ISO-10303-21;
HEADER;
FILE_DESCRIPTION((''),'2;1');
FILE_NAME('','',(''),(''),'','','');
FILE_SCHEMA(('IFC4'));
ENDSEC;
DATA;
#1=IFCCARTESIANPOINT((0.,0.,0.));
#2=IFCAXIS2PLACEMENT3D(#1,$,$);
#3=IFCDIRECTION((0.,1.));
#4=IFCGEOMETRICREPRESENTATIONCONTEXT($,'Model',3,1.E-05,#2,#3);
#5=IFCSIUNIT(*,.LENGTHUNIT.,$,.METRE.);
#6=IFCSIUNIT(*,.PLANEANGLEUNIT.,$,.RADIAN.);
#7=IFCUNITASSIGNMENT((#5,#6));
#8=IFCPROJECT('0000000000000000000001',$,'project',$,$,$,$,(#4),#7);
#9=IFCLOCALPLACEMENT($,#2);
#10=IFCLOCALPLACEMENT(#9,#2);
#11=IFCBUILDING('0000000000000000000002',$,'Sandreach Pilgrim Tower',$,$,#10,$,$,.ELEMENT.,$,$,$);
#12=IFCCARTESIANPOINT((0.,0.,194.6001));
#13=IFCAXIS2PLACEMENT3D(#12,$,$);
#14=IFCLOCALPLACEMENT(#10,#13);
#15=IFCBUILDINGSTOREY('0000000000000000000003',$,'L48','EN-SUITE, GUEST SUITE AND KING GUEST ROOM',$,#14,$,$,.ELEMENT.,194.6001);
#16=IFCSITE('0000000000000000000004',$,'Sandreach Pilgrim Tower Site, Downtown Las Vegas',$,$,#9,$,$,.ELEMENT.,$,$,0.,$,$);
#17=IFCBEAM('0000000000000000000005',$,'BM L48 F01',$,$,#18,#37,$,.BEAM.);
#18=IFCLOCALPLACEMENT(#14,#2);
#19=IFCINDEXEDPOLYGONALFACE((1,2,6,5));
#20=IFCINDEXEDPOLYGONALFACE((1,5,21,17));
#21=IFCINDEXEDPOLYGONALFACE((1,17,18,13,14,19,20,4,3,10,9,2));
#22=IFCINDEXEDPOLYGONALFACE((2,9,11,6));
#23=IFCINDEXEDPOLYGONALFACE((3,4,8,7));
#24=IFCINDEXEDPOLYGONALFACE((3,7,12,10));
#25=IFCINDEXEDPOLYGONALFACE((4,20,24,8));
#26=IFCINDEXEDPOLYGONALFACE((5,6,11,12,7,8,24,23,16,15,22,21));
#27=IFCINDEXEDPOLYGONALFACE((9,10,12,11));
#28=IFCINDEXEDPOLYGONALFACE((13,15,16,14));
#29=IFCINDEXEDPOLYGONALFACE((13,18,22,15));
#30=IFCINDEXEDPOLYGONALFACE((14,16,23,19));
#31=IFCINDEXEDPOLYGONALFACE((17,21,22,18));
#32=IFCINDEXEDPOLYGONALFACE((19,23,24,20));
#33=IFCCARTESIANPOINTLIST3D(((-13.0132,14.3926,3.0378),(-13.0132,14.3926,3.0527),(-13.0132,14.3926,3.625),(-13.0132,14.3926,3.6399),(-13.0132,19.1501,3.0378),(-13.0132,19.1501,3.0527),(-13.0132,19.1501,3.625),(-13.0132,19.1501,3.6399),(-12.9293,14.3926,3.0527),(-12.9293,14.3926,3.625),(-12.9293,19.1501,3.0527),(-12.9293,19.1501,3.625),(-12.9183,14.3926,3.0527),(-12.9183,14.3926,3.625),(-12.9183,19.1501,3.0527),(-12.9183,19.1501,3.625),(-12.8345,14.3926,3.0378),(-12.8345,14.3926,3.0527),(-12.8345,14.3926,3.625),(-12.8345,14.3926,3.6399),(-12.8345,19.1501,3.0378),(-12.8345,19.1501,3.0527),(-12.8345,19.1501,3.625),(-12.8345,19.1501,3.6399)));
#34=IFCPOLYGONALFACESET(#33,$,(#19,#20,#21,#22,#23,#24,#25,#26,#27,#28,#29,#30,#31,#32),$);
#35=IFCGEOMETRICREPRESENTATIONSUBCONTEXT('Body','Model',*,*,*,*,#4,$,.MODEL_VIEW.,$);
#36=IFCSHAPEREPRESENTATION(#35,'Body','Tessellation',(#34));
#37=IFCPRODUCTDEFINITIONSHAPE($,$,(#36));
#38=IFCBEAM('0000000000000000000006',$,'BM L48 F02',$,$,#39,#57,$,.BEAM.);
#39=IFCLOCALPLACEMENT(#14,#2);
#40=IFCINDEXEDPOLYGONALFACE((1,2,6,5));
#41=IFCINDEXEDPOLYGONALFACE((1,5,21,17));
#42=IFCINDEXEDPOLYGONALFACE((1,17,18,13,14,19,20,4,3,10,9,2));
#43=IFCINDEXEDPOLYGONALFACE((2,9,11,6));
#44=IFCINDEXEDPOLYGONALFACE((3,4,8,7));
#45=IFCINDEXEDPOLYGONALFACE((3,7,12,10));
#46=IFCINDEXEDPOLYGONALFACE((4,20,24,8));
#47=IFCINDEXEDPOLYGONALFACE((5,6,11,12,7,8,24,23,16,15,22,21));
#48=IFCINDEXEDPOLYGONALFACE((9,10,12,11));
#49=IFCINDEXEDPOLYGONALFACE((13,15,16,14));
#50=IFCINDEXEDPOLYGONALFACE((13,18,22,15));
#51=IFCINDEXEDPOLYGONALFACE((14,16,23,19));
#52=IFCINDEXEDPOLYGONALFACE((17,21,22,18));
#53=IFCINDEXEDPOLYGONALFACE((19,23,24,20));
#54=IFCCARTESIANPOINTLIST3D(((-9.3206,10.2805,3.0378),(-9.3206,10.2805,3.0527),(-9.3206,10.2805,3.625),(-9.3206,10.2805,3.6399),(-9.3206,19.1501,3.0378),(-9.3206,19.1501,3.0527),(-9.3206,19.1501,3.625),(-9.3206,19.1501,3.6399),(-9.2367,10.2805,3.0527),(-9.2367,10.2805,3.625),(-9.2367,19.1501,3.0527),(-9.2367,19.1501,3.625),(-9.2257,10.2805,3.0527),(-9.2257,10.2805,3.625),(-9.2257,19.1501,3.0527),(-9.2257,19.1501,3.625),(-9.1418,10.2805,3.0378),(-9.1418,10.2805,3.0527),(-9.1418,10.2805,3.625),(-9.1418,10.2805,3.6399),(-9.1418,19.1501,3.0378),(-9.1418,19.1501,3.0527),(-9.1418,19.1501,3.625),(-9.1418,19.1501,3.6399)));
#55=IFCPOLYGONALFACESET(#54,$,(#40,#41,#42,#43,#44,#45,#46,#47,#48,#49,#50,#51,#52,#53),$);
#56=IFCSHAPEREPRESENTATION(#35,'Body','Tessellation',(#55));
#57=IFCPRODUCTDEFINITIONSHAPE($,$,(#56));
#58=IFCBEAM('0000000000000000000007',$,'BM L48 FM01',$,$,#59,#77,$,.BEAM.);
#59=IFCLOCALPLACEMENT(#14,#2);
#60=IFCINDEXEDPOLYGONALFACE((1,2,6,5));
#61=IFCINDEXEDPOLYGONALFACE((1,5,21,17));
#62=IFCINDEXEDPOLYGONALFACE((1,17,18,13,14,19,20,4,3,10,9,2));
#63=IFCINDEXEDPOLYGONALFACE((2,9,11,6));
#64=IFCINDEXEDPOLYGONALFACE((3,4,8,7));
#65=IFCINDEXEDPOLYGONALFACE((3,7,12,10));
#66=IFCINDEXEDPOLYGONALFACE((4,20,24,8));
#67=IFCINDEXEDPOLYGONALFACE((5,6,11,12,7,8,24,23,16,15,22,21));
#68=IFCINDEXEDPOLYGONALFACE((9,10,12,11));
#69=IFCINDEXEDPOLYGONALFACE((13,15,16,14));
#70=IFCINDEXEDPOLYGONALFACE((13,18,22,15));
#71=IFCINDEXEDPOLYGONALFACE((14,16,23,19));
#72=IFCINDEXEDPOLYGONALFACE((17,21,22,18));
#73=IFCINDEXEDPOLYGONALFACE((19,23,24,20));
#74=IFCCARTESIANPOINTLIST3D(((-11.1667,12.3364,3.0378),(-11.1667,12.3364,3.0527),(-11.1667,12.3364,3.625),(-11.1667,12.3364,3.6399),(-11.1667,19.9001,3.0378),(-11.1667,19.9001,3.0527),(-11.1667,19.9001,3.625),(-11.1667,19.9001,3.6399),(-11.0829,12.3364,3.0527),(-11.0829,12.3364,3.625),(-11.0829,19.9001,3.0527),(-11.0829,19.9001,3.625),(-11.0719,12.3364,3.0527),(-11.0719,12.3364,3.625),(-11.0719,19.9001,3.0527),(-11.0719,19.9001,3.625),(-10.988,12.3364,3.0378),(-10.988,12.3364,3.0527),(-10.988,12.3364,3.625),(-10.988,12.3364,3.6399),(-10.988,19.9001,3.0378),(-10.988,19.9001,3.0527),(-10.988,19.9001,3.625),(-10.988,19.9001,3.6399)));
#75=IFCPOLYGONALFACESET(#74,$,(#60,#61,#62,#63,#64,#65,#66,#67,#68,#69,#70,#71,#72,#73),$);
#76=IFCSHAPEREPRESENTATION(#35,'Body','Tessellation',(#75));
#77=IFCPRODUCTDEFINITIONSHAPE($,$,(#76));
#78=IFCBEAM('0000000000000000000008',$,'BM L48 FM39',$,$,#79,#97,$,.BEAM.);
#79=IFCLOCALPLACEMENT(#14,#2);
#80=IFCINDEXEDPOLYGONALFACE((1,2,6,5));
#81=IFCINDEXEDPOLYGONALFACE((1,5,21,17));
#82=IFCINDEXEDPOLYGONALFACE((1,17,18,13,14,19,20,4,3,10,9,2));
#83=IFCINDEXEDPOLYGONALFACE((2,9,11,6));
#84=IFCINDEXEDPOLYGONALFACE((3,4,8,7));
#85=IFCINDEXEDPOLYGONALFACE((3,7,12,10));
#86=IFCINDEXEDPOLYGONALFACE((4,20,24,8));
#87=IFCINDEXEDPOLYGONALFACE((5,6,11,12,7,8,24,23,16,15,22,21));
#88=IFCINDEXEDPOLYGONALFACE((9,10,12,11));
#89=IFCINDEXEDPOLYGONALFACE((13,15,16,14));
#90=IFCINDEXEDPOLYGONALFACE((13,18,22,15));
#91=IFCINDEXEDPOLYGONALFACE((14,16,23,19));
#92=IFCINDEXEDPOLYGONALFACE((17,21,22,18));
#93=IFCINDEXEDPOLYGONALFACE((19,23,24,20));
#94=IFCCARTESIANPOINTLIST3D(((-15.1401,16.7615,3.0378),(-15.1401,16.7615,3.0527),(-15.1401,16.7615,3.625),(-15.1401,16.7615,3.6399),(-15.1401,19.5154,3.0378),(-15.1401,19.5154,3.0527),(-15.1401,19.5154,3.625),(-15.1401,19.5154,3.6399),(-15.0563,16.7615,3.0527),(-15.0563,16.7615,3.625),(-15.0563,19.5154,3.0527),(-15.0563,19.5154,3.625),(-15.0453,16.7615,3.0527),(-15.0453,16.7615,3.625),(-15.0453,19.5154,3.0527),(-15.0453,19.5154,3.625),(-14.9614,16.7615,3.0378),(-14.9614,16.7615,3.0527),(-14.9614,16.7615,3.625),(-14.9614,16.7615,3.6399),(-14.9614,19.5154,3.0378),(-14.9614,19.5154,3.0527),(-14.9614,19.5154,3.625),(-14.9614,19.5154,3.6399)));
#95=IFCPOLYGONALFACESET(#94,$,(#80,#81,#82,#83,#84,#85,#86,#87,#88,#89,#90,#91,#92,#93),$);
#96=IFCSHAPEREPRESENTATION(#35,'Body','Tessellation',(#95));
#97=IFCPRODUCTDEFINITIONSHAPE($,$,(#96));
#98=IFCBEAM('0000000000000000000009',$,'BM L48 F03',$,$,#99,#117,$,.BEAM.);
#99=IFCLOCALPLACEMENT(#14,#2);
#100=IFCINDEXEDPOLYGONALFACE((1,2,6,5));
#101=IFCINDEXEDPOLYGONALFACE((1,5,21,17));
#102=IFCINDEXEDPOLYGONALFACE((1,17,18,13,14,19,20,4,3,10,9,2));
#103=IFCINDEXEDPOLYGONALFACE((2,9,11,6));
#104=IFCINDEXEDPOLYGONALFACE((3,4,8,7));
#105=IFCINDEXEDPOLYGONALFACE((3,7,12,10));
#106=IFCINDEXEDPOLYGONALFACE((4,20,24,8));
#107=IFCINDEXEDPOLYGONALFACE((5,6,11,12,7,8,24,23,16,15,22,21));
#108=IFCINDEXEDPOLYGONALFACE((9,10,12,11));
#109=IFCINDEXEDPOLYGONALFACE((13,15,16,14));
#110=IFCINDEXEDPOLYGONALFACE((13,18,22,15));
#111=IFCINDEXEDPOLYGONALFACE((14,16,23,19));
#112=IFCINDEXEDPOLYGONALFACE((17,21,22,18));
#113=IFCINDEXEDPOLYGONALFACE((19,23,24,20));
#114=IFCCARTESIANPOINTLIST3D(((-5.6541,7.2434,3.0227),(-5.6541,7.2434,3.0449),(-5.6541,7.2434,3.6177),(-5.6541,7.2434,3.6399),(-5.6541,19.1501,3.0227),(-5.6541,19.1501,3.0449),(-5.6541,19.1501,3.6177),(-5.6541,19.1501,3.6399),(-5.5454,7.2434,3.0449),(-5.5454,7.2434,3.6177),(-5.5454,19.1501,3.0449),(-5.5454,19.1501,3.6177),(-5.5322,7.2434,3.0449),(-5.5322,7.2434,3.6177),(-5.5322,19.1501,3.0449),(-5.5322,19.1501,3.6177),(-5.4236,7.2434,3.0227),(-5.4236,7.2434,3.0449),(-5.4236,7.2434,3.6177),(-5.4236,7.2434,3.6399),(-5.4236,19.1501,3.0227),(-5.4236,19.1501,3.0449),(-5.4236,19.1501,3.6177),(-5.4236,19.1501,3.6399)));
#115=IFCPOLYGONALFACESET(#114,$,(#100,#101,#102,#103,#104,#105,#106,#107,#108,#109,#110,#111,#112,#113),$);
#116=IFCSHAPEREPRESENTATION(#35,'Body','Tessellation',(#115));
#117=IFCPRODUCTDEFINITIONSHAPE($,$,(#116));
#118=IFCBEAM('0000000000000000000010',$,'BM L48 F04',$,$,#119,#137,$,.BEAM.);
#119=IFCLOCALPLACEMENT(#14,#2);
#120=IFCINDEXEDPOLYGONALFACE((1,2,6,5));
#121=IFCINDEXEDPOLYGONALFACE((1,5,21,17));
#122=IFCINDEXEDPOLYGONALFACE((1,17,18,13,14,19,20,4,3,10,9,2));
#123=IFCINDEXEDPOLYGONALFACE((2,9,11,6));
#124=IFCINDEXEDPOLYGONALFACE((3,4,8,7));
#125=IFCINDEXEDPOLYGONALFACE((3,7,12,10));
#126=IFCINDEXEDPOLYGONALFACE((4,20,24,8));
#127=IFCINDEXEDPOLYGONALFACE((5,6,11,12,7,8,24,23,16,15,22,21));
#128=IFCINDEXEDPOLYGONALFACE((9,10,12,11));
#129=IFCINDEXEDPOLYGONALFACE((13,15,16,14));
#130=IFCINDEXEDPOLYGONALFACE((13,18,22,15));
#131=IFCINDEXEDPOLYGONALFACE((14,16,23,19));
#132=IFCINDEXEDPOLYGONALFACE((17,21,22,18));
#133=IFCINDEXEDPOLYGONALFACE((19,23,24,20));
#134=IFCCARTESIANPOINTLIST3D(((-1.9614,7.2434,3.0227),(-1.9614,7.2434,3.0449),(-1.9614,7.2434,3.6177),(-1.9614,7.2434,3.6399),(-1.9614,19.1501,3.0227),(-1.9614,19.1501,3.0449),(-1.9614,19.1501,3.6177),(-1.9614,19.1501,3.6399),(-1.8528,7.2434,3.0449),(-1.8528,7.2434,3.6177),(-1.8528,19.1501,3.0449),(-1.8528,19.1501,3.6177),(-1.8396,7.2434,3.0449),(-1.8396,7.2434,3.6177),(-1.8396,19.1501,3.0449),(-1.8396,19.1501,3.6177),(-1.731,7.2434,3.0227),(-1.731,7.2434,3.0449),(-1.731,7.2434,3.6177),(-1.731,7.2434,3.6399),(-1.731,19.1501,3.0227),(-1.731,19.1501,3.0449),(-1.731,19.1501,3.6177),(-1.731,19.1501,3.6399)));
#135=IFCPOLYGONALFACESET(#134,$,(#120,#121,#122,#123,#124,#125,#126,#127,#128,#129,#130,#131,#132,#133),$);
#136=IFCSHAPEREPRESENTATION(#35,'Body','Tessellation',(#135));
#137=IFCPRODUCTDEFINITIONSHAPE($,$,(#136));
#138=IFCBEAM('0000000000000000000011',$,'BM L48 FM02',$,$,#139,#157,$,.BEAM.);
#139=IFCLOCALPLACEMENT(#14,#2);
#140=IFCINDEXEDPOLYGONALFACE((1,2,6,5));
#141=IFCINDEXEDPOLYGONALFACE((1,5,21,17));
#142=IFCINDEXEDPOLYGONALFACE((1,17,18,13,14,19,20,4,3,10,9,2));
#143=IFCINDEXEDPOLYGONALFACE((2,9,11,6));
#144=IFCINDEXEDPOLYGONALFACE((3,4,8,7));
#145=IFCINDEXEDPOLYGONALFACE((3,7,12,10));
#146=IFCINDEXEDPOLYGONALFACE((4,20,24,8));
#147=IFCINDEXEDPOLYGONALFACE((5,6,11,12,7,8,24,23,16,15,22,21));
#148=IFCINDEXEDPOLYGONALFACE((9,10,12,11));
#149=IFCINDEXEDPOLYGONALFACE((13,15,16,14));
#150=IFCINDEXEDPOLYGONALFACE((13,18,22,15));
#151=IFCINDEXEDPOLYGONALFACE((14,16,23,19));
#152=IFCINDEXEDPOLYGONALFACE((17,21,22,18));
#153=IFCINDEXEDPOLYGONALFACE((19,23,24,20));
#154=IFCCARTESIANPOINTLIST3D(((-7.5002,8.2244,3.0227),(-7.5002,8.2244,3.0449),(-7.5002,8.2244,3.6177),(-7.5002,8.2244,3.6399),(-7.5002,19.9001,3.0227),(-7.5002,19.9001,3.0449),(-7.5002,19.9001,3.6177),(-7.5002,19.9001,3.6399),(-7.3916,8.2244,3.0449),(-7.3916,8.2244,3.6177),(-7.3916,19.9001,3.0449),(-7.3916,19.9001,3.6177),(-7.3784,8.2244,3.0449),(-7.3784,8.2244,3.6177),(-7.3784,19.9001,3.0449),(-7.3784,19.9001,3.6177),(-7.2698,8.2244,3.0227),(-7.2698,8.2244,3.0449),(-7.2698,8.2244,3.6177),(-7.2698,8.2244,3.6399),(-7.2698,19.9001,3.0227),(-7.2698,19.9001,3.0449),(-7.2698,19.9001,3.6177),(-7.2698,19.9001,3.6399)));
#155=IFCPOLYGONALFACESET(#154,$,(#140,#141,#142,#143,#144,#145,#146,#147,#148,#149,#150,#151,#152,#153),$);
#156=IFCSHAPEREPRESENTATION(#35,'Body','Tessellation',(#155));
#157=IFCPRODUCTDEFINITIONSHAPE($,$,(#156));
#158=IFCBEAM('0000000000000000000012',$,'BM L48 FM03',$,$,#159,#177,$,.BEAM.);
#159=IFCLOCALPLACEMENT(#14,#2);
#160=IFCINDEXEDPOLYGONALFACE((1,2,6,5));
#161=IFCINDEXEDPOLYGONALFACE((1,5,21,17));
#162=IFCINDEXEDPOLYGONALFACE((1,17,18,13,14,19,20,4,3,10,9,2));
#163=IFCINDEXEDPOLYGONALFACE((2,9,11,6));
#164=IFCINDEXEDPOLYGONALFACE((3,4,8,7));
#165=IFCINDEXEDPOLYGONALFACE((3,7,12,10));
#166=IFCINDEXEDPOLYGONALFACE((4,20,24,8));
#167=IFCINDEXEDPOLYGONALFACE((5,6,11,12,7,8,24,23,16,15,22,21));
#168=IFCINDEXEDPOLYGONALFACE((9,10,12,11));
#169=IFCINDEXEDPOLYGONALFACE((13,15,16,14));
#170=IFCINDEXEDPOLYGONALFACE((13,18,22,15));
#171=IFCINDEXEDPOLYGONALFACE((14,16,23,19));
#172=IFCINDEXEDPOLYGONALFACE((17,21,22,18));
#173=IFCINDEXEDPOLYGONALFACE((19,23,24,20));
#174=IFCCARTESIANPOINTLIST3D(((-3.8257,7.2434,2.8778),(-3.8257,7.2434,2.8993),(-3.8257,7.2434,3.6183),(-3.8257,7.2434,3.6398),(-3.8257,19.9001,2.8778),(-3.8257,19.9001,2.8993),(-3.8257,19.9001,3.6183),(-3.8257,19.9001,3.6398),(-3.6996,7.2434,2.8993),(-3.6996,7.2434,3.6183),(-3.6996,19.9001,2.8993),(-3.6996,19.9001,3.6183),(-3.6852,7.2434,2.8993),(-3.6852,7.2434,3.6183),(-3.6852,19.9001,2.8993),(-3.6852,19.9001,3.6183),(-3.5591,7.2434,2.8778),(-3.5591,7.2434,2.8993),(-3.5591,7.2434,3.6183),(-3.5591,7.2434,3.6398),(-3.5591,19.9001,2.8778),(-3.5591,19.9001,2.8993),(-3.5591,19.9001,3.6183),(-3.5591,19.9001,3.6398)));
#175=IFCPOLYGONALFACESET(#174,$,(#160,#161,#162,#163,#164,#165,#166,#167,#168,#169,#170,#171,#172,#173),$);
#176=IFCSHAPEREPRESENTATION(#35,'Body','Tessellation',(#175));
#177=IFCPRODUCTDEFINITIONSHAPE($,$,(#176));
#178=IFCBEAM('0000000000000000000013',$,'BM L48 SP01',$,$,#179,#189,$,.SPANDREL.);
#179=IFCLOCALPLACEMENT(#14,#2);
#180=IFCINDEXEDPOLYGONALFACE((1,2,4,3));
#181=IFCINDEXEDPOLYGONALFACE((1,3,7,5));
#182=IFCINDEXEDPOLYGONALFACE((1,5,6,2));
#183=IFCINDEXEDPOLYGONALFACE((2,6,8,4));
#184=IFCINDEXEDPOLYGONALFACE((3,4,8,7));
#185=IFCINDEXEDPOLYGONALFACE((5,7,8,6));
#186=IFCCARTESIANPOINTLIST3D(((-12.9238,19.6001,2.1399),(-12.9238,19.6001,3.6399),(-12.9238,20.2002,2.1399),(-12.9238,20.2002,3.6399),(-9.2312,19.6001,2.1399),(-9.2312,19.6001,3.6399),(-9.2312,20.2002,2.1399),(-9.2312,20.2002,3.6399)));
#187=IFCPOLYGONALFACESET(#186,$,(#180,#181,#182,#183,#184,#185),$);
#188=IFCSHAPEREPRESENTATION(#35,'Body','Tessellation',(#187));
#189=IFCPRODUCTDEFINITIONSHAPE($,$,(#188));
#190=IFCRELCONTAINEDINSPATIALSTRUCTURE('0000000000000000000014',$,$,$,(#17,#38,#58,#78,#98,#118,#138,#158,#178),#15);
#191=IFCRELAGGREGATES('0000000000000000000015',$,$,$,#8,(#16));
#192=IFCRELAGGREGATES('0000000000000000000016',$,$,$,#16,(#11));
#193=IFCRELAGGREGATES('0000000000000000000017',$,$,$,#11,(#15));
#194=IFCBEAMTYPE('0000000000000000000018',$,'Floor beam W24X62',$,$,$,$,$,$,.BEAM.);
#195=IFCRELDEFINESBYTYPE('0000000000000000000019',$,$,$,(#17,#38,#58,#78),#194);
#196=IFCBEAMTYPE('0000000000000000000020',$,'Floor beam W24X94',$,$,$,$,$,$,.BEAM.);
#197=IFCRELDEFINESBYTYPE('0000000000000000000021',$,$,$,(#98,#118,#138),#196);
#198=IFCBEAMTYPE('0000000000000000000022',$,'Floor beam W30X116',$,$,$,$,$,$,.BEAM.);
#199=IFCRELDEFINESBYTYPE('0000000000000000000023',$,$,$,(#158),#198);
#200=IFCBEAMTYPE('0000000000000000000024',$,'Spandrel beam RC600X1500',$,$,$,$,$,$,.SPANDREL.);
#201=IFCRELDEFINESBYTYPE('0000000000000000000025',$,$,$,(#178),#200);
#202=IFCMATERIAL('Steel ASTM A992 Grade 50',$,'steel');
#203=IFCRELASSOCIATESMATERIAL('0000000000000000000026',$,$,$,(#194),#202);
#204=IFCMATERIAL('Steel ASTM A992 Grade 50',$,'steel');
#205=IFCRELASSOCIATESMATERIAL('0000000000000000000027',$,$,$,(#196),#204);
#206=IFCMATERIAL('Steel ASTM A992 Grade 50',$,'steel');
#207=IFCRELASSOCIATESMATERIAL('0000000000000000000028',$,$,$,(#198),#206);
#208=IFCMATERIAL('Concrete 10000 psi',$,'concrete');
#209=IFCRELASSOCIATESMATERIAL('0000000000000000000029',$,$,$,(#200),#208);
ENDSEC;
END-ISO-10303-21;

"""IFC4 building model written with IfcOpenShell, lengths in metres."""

from ifc_helpers import new_model, si_unit, direction, frame, origin, origin_2d, place, context, subcontext, project, spatial, rectangle, i_section, extrude, material, material_profile, profile_set, type_object, element, save


model = new_model("IFC4")

# Units and contexts
model_context = context("Model", 3, precision=1e-05, world=origin(), true_north=direction((0.0, 1.0)))
body_context = subcontext(model_context, "Body", "Model", "MODEL_VIEW")
ifc_project = project(units=[si_unit("LENGTHUNIT", "METRE"), si_unit("PLANEANGLEUNIT", "RADIAN")], contexts=[model_context])

# Site, building, storey
site_placement = place(None, origin())
site = spatial("IfcSite", under=ifc_project, at=site_placement, Name="Sandreach Pilgrim Tower Site, Downtown Las Vegas", CompositionType="ELEMENT", RefElevation=0.0)
building_placement = place(site_placement, origin())
building = spatial("IfcBuilding", under=site, at=building_placement, Name="Sandreach Pilgrim Tower", CompositionType="ELEMENT")
storey_placement = place(building_placement, frame((0.0, 0.0, 194.6001)))
storey = spatial("IfcBuildingStorey", under=building, at=storey_placement, Name="L48", Description="EN-SUITE, GUEST SUITE AND KING GUEST ROOM", CompositionType="ELEMENT", Elevation=194.6001)

# Beams
ifc_material_1 = material(Name="Steel ASTM A992 Grade 50", Category="steel")
ifc_material_profile_1 = material_profile(ifc_material_1, i_section(OverallWidth=0.1787, OverallDepth=0.6021, WebThickness=0.011, FlangeThickness=0.0149, at=origin_2d()), Name="W24X62")
ifc_profile_set_1 = profile_set([ifc_material_profile_1], Name="Steel ASTM A992 Grade 50")
beam_type_1 = type_object("IfcBeamType", Name="Floor beam W24X62", PredefinedType="BEAM", material=ifc_profile_set_1)
beam_1_placement = place(storey_placement, frame((-12.9238, 19.1501, 3.3389), z_axis=(0.0, -1.0, 0.0), x_axis=(1.0, 0.0, 0.0)))
element("IfcBeam", 1, at=beam_1_placement, inside=storey, type_object=beam_type_1, Name="BM L48 F01", PredefinedType="BEAM", context=body_context, shape_type="SweptSolid", body=[
    extrude(i_section(OverallWidth=0.1787, OverallDepth=0.6021, WebThickness=0.011, FlangeThickness=0.0149, at=origin_2d()), origin(), (0.0, 0.0, 1.0), 4.7576),
])
beam_2_placement = place(storey_placement, frame((-9.2312, 19.1501, 3.3389), z_axis=(0.0, -1.0, 0.0), x_axis=(1.0, 0.0, 0.0)))
element("IfcBeam", 2, at=beam_2_placement, inside=storey, type_object=beam_type_1, Name="BM L48 F02", PredefinedType="BEAM", context=body_context, shape_type="SweptSolid", body=[
    extrude(i_section(OverallWidth=0.1787, OverallDepth=0.6021, WebThickness=0.011, FlangeThickness=0.0149, at=origin_2d()), origin(), (0.0, 0.0, 1.0), 8.8696),
])
beam_3_placement = place(storey_placement, frame((-11.0774, 19.9001, 3.3389), z_axis=(0.0, -1.0, 0.0), x_axis=(1.0, 0.0, 0.0)))
element("IfcBeam", 3, at=beam_3_placement, inside=storey, type_object=beam_type_1, Name="BM L48 FM01", PredefinedType="BEAM", context=body_context, shape_type="SweptSolid", body=[
    extrude(i_section(OverallWidth=0.1787, OverallDepth=0.6021, WebThickness=0.011, FlangeThickness=0.0149, at=origin_2d()), origin(), (0.0, 0.0, 1.0), 7.5637),
])
beam_4_placement = place(storey_placement, frame((-15.0508, 19.5154, 3.3389), z_axis=(0.0, -1.0, 0.0), x_axis=(1.0, 0.0, 0.0)))
element("IfcBeam", 4, at=beam_4_placement, inside=storey, type_object=beam_type_1, Name="BM L48 FM39", PredefinedType="BEAM", context=body_context, shape_type="SweptSolid", body=[
    extrude(i_section(OverallWidth=0.1787, OverallDepth=0.6021, WebThickness=0.011, FlangeThickness=0.0149, at=origin_2d()), origin(), (0.0, 0.0, 1.0), 2.7539),
])
ifc_material_2 = material(Name="Steel ASTM A992 Grade 50", Category="steel")
ifc_material_profile_2 = material_profile(ifc_material_2, i_section(OverallWidth=0.2305, OverallDepth=0.6172, WebThickness=0.0132, FlangeThickness=0.0222, at=origin_2d()), Name="W24X94")
ifc_profile_set_2 = profile_set([ifc_material_profile_2], Name="Steel ASTM A992 Grade 50")
beam_type_2 = type_object("IfcBeamType", Name="Floor beam W24X94", PredefinedType="BEAM", material=ifc_profile_set_2)
for number, where, z_axis, x_axis, name in (
    (5, (-5.5388, 19.1501, 3.3313), (0.0, -1.0, 0.0), (1.0, 0.0, 0.0), "BM L48 F03"),
    (6, (-1.8462, 19.1501, 3.3313), (0.0, -1.0, 0.0), (1.0, 0.0, 0.0), "BM L48 F04"),
):
    element("IfcBeam", number, at=place(storey_placement, frame(where, z_axis=z_axis, x_axis=x_axis)), inside=storey, type_object=beam_type_2, Name=name, PredefinedType="BEAM", context=body_context, shape_type="SweptSolid", body=[
        extrude(i_section(OverallWidth=0.2305, OverallDepth=0.6172, WebThickness=0.0132, FlangeThickness=0.0222, at=origin_2d()), origin(), (0.0, 0.0, 1.0), 11.9067),
    ])
beam_5_placement = place(storey_placement, frame((-7.385, 19.9001, 3.3313), z_axis=(0.0, -1.0, 0.0), x_axis=(1.0, 0.0, 0.0)))
element("IfcBeam", 7, at=beam_5_placement, inside=storey, type_object=beam_type_2, Name="BM L48 FM02", PredefinedType="BEAM", context=body_context, shape_type="SweptSolid", body=[
    extrude(i_section(OverallWidth=0.2305, OverallDepth=0.6172, WebThickness=0.0132, FlangeThickness=0.0222, at=origin_2d()), origin(), (0.0, 0.0, 1.0), 11.6758),
])
ifc_material_3 = material(Name="Steel ASTM A992 Grade 50", Category="steel")
ifc_material_profile_3 = material_profile(ifc_material_3, i_section(OverallWidth=0.2666, OverallDepth=0.762, WebThickness=0.0144, FlangeThickness=0.0215, at=origin_2d()), Name="W30X116")
ifc_profile_set_3 = profile_set([ifc_material_profile_3], Name="Steel ASTM A992 Grade 50")
beam_type_3 = type_object("IfcBeamType", Name="Floor beam W30X116", PredefinedType="BEAM", material=ifc_profile_set_3)
beam_6_placement = place(storey_placement, frame((-3.6924, 19.9001, 3.2588), z_axis=(0.0, -1.0, 0.0), x_axis=(1.0, 0.0, 0.0)))
element("IfcBeam", 8, at=beam_6_placement, inside=storey, type_object=beam_type_3, Name="BM L48 FM03", PredefinedType="BEAM", context=body_context, shape_type="SweptSolid", body=[
    extrude(i_section(OverallWidth=0.2666, OverallDepth=0.762, WebThickness=0.0144, FlangeThickness=0.0215, at=origin_2d()), origin(), (0.0, 0.0, 1.0), 12.6567),
])
ifc_material_4 = material(Name="Concrete 10000 psi", Category="concrete")
ifc_material_profile_4 = material_profile(ifc_material_4, rectangle(XDim=0.6001, YDim=1.5, at=origin_2d()), Name="RC600X1500")
ifc_profile_set_4 = profile_set([ifc_material_profile_4], Name="Concrete 10000 psi")
beam_type_4 = type_object("IfcBeamType", Name="Spandrel beam RC600X1500", PredefinedType="SPANDREL", material=ifc_profile_set_4)
beam_7_placement = place(storey_placement, frame((-12.9238, 19.9001, 2.8899), z_axis=(1.0, 0.0, 0.0), x_axis=(0.0, 1.0, 0.0)))
element("IfcBeam", 9, at=beam_7_placement, inside=storey, type_object=beam_type_4, Name="BM L48 SP01", PredefinedType="SPANDREL", context=body_context, shape_type="SweptSolid", body=[
    extrude(rectangle(XDim=0.6001, YDim=1.5, at=origin_2d()), origin(), (0.0, 0.0, 1.0), 3.6926),
])

save(model, "model.ifc")
